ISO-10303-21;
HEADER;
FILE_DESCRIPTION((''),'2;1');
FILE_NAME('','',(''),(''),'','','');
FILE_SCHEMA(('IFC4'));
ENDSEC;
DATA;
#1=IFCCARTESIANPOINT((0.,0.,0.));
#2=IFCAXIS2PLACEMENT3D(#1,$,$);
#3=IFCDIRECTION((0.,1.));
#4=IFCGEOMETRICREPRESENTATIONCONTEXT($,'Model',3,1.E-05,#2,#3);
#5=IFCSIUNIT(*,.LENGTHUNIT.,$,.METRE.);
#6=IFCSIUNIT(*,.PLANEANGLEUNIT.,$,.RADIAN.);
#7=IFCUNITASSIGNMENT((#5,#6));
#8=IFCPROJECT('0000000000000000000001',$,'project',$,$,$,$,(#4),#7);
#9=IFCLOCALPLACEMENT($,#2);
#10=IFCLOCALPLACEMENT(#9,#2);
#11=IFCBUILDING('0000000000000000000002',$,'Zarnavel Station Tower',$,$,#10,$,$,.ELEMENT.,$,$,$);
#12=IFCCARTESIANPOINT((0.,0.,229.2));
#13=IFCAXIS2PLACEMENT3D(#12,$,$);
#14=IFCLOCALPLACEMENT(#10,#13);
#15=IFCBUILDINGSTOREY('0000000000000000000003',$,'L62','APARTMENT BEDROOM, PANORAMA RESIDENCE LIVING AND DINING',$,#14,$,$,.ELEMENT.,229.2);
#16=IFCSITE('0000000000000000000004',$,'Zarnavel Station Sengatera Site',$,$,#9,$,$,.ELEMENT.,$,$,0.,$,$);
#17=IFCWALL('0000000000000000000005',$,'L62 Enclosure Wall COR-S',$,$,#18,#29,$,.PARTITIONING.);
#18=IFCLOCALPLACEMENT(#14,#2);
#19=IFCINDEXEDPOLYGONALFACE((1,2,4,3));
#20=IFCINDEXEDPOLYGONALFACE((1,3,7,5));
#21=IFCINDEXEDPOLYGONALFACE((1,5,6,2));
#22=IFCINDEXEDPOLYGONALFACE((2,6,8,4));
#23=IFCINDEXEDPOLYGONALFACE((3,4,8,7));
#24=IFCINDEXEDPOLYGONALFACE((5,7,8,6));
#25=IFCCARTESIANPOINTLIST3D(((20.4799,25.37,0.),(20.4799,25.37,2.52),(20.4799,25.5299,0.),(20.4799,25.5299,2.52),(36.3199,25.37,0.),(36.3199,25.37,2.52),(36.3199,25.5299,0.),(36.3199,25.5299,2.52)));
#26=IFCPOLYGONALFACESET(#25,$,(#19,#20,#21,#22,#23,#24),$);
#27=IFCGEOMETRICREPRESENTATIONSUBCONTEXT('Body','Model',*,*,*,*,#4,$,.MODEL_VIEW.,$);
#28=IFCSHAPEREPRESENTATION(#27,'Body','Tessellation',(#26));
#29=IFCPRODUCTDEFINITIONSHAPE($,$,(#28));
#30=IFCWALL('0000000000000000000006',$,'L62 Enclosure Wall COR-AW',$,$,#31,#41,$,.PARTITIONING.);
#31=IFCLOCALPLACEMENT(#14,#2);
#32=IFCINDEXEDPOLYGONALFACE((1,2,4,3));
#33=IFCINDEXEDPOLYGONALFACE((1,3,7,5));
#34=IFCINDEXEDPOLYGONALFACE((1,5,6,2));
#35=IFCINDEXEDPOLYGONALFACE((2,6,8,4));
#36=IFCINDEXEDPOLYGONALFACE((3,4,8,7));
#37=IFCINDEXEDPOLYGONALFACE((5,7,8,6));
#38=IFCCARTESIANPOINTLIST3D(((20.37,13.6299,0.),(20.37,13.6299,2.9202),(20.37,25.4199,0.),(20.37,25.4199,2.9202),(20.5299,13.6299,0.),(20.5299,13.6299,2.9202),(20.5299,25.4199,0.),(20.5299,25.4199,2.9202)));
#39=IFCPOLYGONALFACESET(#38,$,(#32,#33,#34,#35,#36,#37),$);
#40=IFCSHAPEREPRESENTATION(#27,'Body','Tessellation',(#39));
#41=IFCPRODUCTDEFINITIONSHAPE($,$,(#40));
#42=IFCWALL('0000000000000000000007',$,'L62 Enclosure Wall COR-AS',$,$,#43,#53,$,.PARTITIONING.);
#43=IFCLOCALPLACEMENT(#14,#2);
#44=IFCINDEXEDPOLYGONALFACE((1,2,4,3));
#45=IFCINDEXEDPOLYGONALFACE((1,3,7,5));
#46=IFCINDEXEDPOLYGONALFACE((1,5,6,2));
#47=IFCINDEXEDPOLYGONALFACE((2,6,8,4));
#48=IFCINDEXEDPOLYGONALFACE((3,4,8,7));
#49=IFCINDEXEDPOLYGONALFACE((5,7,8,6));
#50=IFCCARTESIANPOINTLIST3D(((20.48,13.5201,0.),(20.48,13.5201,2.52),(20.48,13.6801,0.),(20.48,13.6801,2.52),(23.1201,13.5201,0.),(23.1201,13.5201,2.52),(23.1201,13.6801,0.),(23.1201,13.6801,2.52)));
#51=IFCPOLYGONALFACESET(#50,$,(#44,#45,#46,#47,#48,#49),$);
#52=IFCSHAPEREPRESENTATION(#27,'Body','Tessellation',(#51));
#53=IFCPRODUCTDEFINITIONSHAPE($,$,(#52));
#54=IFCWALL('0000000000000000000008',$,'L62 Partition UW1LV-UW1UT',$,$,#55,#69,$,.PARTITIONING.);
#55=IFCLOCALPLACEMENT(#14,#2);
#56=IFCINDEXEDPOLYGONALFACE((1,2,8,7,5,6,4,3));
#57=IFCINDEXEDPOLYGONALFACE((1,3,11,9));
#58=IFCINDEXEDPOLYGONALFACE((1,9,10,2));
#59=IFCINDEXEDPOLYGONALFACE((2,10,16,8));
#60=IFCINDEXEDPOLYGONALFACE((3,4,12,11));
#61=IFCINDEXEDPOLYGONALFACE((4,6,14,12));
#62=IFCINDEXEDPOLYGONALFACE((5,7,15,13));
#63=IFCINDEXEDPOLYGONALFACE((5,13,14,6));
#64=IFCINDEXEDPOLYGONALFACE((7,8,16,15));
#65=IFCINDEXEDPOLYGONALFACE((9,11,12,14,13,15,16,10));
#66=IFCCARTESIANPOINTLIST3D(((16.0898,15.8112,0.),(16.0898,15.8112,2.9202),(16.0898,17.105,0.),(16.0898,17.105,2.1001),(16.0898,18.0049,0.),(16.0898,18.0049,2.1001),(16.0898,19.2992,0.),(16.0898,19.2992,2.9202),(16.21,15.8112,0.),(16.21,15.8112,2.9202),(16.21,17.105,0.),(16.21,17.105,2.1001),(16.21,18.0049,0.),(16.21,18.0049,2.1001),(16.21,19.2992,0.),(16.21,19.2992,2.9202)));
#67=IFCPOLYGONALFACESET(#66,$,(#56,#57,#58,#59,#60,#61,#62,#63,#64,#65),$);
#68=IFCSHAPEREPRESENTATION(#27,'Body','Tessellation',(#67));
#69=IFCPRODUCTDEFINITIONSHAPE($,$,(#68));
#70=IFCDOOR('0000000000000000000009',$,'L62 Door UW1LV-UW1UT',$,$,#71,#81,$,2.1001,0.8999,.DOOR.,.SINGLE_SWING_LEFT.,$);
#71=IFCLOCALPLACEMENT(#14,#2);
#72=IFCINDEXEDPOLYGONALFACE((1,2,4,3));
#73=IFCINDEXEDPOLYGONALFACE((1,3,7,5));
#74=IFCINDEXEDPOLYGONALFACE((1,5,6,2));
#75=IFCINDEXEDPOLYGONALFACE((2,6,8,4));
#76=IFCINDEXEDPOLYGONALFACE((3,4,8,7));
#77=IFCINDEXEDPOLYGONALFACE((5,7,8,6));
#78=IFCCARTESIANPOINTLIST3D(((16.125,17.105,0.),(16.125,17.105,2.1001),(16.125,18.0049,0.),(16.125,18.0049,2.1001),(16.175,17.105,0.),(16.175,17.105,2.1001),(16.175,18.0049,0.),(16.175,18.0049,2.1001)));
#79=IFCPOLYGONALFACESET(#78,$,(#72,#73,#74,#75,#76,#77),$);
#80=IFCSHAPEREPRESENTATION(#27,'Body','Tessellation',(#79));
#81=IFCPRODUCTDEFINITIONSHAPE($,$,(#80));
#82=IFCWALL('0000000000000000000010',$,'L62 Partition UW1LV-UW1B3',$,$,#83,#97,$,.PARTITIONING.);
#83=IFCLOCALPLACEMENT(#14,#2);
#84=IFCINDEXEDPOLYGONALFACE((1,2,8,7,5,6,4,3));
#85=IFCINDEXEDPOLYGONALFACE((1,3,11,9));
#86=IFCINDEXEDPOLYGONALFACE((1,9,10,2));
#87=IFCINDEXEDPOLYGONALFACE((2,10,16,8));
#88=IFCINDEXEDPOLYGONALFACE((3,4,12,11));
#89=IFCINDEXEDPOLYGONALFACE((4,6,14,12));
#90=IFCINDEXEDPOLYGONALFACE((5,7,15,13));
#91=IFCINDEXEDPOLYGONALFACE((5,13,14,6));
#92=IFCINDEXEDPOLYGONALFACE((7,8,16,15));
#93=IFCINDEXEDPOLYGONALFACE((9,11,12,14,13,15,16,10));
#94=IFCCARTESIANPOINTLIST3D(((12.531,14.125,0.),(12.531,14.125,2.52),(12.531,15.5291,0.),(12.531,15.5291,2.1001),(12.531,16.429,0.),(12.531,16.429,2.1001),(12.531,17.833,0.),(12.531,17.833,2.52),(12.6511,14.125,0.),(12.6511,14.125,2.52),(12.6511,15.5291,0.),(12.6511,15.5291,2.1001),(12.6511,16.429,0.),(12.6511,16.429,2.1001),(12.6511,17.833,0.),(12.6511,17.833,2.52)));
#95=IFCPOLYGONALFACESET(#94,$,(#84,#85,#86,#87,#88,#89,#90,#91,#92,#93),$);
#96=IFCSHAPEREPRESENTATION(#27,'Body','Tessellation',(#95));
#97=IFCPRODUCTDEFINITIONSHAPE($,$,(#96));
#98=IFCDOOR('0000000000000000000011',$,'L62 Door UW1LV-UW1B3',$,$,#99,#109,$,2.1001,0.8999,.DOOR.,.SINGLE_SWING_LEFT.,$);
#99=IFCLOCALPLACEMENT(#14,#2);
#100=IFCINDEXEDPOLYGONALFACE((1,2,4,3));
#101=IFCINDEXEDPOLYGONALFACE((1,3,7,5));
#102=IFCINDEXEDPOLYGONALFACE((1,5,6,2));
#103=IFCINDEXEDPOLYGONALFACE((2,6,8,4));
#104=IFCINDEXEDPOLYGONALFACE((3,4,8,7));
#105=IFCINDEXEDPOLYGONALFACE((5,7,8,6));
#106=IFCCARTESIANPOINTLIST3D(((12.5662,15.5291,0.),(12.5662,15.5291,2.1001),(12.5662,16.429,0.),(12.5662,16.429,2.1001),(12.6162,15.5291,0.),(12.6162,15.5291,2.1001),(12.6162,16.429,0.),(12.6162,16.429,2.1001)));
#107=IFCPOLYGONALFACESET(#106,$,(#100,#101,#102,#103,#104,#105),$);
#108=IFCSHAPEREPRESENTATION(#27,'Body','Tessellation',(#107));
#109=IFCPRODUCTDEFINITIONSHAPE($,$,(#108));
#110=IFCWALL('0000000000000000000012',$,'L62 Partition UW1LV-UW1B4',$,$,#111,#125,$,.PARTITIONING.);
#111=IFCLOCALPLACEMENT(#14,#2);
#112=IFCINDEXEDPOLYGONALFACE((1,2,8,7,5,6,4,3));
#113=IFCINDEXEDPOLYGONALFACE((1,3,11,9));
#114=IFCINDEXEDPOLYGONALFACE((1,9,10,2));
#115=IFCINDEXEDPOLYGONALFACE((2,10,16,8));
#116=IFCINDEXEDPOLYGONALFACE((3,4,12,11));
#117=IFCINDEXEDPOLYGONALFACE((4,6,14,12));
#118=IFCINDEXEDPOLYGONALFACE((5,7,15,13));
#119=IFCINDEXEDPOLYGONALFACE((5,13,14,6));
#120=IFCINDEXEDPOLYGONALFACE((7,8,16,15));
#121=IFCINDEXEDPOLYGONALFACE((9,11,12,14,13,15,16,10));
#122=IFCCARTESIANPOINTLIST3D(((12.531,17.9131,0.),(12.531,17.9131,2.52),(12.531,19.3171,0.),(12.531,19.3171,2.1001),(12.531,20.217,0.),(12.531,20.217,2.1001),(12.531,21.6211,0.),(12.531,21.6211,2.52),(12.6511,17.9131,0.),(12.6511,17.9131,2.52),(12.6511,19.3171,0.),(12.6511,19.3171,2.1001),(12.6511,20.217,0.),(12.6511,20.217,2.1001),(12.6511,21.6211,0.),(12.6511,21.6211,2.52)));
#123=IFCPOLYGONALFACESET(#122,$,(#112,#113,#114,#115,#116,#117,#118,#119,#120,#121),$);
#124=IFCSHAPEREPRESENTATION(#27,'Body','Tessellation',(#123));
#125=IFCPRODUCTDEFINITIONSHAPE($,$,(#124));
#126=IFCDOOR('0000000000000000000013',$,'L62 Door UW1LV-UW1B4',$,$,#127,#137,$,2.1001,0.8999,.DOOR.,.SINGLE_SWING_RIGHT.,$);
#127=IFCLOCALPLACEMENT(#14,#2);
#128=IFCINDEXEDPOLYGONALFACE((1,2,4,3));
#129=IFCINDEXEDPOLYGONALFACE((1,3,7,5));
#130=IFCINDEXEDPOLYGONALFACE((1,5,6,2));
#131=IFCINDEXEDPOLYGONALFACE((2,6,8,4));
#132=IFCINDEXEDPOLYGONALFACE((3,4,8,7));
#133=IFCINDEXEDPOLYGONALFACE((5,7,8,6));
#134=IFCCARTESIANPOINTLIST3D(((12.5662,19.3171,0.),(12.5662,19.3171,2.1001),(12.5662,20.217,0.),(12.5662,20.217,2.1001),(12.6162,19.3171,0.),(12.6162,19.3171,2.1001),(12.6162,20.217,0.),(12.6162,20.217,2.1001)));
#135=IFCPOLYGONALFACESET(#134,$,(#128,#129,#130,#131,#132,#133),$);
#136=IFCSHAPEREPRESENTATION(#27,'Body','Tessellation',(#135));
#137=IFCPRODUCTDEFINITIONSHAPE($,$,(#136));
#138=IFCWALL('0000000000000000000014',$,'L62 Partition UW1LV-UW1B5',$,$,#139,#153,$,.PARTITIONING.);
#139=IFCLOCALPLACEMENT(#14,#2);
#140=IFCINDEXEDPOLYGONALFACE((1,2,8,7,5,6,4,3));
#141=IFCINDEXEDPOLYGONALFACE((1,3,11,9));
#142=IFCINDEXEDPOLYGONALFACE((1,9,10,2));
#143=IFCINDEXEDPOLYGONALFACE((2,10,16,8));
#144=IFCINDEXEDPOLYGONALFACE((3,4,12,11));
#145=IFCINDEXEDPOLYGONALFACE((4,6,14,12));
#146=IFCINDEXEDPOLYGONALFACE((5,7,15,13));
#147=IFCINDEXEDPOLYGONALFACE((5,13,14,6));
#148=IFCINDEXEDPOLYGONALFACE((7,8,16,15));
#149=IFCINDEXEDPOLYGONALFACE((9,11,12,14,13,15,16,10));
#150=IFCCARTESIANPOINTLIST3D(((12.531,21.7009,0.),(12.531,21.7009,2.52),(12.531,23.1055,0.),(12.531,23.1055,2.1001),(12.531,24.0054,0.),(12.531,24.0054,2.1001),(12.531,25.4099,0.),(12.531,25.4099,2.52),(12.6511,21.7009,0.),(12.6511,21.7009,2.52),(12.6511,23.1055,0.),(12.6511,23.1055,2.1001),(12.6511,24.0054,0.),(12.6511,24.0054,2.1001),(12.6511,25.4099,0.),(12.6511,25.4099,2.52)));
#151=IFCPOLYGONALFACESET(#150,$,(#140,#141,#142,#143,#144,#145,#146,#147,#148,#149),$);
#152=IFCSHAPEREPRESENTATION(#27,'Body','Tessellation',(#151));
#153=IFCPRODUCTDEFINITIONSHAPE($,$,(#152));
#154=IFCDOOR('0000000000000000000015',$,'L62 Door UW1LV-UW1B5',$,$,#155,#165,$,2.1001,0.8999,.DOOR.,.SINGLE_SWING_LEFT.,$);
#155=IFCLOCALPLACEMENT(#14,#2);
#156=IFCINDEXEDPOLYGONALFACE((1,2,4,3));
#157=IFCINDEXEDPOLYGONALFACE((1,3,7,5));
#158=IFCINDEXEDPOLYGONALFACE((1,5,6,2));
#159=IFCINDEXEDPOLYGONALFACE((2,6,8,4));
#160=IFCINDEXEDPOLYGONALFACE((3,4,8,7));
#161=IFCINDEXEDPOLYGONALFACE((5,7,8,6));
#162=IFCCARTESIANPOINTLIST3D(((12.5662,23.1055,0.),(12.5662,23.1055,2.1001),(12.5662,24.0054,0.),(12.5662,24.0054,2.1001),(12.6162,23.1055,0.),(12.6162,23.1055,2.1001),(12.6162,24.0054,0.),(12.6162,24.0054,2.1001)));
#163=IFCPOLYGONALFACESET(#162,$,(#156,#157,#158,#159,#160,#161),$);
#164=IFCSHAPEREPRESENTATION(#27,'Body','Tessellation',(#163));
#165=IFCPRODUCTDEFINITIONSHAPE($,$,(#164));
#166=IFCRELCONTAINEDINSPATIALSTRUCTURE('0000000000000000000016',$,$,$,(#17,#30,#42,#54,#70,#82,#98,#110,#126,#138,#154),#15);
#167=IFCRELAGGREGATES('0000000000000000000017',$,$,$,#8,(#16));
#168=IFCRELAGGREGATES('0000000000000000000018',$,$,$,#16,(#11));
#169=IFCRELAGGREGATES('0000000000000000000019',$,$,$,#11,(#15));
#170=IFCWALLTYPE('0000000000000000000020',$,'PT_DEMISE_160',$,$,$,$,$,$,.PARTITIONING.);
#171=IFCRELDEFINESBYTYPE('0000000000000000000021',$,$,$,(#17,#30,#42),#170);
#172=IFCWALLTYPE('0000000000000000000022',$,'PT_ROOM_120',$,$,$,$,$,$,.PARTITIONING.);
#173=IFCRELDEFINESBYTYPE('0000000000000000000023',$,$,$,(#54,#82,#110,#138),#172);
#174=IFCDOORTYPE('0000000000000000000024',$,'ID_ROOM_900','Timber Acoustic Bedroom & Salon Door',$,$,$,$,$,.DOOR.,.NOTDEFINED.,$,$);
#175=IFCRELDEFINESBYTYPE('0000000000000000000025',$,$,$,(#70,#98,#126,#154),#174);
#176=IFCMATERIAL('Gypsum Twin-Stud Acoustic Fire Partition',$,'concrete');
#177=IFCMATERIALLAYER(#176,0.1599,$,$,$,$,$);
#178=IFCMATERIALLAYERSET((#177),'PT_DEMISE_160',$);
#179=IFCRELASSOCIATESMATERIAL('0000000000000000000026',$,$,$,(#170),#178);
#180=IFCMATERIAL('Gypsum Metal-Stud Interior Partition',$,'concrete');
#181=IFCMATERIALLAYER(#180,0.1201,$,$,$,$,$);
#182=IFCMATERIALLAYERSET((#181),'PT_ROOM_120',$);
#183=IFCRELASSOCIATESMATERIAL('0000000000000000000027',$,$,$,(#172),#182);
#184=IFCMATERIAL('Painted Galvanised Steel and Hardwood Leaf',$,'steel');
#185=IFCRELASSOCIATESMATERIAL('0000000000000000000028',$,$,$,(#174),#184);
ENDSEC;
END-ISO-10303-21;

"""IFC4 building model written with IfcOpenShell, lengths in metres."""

from ifc_helpers import new_model, si_unit, direction, frame, frame_2d, origin, place, context, subcontext, project, spatial, rectangle, extrude, material, layer, layer_set, type_object, element, fill, save


model = new_model("IFC4")

# Units and contexts
model_context = context("Model", 3, precision=1e-05, world=origin(), true_north=direction((0.0, 1.0)))
body_context = subcontext(model_context, "Body", "Model", "MODEL_VIEW")
ifc_project = project(units=[si_unit("LENGTHUNIT", "METRE"), si_unit("PLANEANGLEUNIT", "RADIAN")], contexts=[model_context])

# Site, building, storey
site_placement = place(None, origin())
site = spatial("IfcSite", under=ifc_project, at=site_placement, Name="Zarnavel Station Sengatera Site", CompositionType="ELEMENT", RefElevation=0.0)
building_placement = place(site_placement, origin())
building = spatial("IfcBuilding", under=site, at=building_placement, Name="Zarnavel Station Tower", CompositionType="ELEMENT")
storey_placement = place(building_placement, frame((0.0, 0.0, 229.2)))
storey = spatial("IfcBuildingStorey", under=building, at=storey_placement, Name="L62", Description="APARTMENT BEDROOM, PANORAMA RESIDENCE LIVING AND DINING", CompositionType="ELEMENT", Elevation=229.2)

# Shared definitions
ifc_material_1 = material(Name="Gypsum Twin-Stud Acoustic Fire Partition", Category="concrete")
ifc_layer_1 = layer(ifc_material_1, 0.1599)
ifc_layer_set_1 = layer_set([ifc_layer_1], Name="PT_DEMISE_160")
wall_type_1 = type_object("IfcWallType", Name="PT_DEMISE_160", PredefinedType="PARTITIONING", material=ifc_layer_set_1)

# Walls
wall_1_placement = place(storey_placement, frame((20.48, 25.45, 0.0), z_axis=(0.0, 0.0, 1.0), x_axis=(1.0, 0.0, 0.0)))
element("IfcWall", 1, at=wall_1_placement, inside=storey, type_object=wall_type_1, Name="L62 Enclosure Wall COR-S", PredefinedType="PARTITIONING", context=body_context, shape_type="SweptSolid", body=[
    extrude(rectangle(XDim=15.8401, YDim=0.1599, at=frame_2d((7.9199, 0.0))), origin(), (0.0, 0.0, 1.0), 2.52),
])
wall_2_placement = place(storey_placement, frame((20.45, 13.6299, 0.0), z_axis=(0.0, 0.0, 1.0), x_axis=(0.0, 1.0, 0.0)))
element("IfcWall", 2, at=wall_2_placement, inside=storey, type_object=wall_type_1, Name="L62 Enclosure Wall COR-AW", PredefinedType="PARTITIONING", context=body_context, shape_type="SweptSolid", body=[
    extrude(rectangle(XDim=11.79, YDim=0.1599, at=frame_2d((5.895, 0.0))), origin(), (0.0, 0.0, 1.0), 2.9202),
])
wall_3_placement = place(storey_placement, frame((20.48, 13.6001, 0.0), z_axis=(0.0, 0.0, 1.0), x_axis=(1.0, 0.0, 0.0)))
element("IfcWall", 3, at=wall_3_placement, inside=storey, type_object=wall_type_1, Name="L62 Enclosure Wall COR-AS", PredefinedType="PARTITIONING", context=body_context, shape_type="SweptSolid", body=[
    extrude(rectangle(XDim=2.6401, YDim=0.1599, at=frame_2d((1.3201, 0.0))), origin(), (0.0, 0.0, 1.0), 2.52),
])

# Walls, openings, doors
ifc_material_2 = material(Name="Gypsum Metal-Stud Interior Partition", Category="concrete")
ifc_layer_2 = layer(ifc_material_2, 0.1201)
ifc_layer_set_2 = layer_set([ifc_layer_2], Name="PT_ROOM_120")
wall_type_2 = type_object("IfcWallType", Name="PT_ROOM_120", PredefinedType="PARTITIONING", material=ifc_layer_set_2)
wall_4_placement = place(storey_placement, frame((16.1499, 15.811, 0.0), z_axis=(0.0, 0.0, 1.0), x_axis=(0.0, 1.0, 0.0)))
wall_4 = element("IfcWall", 4, at=wall_4_placement, inside=storey, type_object=wall_type_2, Name="L62 Partition UW1LV-UW1UT", PredefinedType="PARTITIONING", context=body_context, shape_type="SweptSolid", body=[
    extrude(rectangle(XDim=3.488, YDim=0.1201, at=frame_2d((1.7441, 0.0))), origin(), (0.0, 0.0, 1.0), 2.9202),
])
opening_1_placement = place(wall_4_placement, frame((1.2939, 0.0, 0.0)))
opening_1 = element("IfcOpeningElement", 5, at=opening_1_placement, cuts=wall_4, PredefinedType="OPENING", context=body_context, shape_type="SweptSolid", body=[
    extrude(rectangle(XDim=0.8999, YDim=2.1001, at=frame_2d((0.45, 1.05))), frame((0.0, 0.0701, 0.0), z_axis=(0.0, -1.0, 0.0), x_axis=(1.0, 0.0, 0.0)), (0.0, 0.0, 1.0), 0.1401),
])
ifc_material_3 = material(Name="Painted Galvanised Steel and Hardwood Leaf", Category="steel")
door_type_1 = type_object("IfcDoorType", Name="ID_ROOM_900", Description="Timber Acoustic Bedroom & Salon Door", OperationType="NOTDEFINED", PredefinedType="DOOR", material=ifc_material_3)
door_1_placement = place(opening_1_placement, origin())
door_1 = element("IfcDoor", 6, at=door_1_placement, inside=storey, type_object=door_type_1, Name="L62 Door UW1LV-UW1UT", OperationType="SINGLE_SWING_LEFT", OverallHeight=2.1001, OverallWidth=0.8999, PredefinedType="DOOR", context=body_context, shape_type="SweptSolid", body=[
    extrude(rectangle(XDim=0.8999, YDim=2.1001, at=frame_2d((0.45, 1.05))), frame((0.0, 0.0249, 0.0), z_axis=(0.0, -1.0, 0.0), x_axis=(1.0, 0.0, 0.0)), (0.0, 0.0, 1.0), 0.05),
])
fill(opening_1, door_1)
wall_5_placement = place(storey_placement, frame((12.5911, 14.125, 0.0), z_axis=(0.0, 0.0, 1.0), x_axis=(0.0, 1.0, 0.0)))
wall_5 = element("IfcWall", 7, at=wall_5_placement, inside=storey, type_object=wall_type_2, Name="L62 Partition UW1LV-UW1B3", PredefinedType="PARTITIONING", context=body_context, shape_type="SweptSolid", body=[
    extrude(rectangle(XDim=3.708, YDim=0.1201, at=frame_2d((1.854, 0.0))), origin(), (0.0, 0.0, 1.0), 2.52),
])
opening_2_placement = place(wall_5_placement, frame((1.4041, 0.0, 0.0)))
opening_2 = element("IfcOpeningElement", 8, at=opening_2_placement, cuts=wall_5, PredefinedType="OPENING", context=body_context, shape_type="SweptSolid", body=[
    extrude(rectangle(XDim=0.8999, YDim=2.1001, at=frame_2d((0.45, 1.05))), frame((0.0, 0.0701, 0.0), z_axis=(0.0, -1.0, 0.0), x_axis=(1.0, 0.0, 0.0)), (0.0, 0.0, 1.0), 0.1401),
])
door_2_placement = place(opening_2_placement, origin())
door_2 = element("IfcDoor", 9, at=door_2_placement, inside=storey, type_object=door_type_1, Name="L62 Door UW1LV-UW1B3", OperationType="SINGLE_SWING_LEFT", OverallHeight=2.1001, OverallWidth=0.8999, PredefinedType="DOOR", context=body_context, shape_type="SweptSolid", body=[
    extrude(rectangle(XDim=0.8999, YDim=2.1001, at=frame_2d((0.45, 1.05))), frame((0.0, 0.0249, 0.0), z_axis=(0.0, -1.0, 0.0), x_axis=(1.0, 0.0, 0.0)), (0.0, 0.0, 1.0), 0.05),
])
fill(opening_2, door_2)
wall_6_placement = place(storey_placement, frame((12.5911, 17.9131, 0.0), z_axis=(0.0, 0.0, 1.0), x_axis=(0.0, 1.0, 0.0)))
wall_6 = element("IfcWall", 10, at=wall_6_placement, inside=storey, type_object=wall_type_2, Name="L62 Partition UW1LV-UW1B4", PredefinedType="PARTITIONING", context=body_context, shape_type="SweptSolid", body=[
    extrude(rectangle(XDim=3.708, YDim=0.1201, at=frame_2d((1.854, 0.0))), origin(), (0.0, 0.0, 1.0), 2.52),
])
opening_3_placement = place(wall_6_placement, frame((1.4041, 0.0, 0.0)))
opening_3 = element("IfcOpeningElement", 11, at=opening_3_placement, cuts=wall_6, PredefinedType="OPENING", context=body_context, shape_type="SweptSolid", body=[
    extrude(rectangle(XDim=0.8999, YDim=2.1001, at=frame_2d((0.45, 1.05))), frame((0.0, 0.0701, 0.0), z_axis=(0.0, -1.0, 0.0), x_axis=(1.0, 0.0, 0.0)), (0.0, 0.0, 1.0), 0.1401),
])
door_3_placement = place(opening_3_placement, origin())
door_3 = element("IfcDoor", 12, at=door_3_placement, inside=storey, type_object=door_type_1, Name="L62 Door UW1LV-UW1B4", OperationType="SINGLE_SWING_RIGHT", OverallHeight=2.1001, OverallWidth=0.8999, PredefinedType="DOOR", context=body_context, shape_type="SweptSolid", body=[
    extrude(rectangle(XDim=0.8999, YDim=2.1001, at=frame_2d((0.45, 1.05))), frame((0.0, 0.0249, 0.0), z_axis=(0.0, -1.0, 0.0), x_axis=(1.0, 0.0, 0.0)), (0.0, 0.0, 1.0), 0.05),
])
fill(opening_3, door_3)
wall_7_placement = place(storey_placement, frame((12.5911, 21.7009, 0.0), z_axis=(0.0, 0.0, 1.0), x_axis=(0.0, 1.0, 0.0)))
wall_7 = element("IfcWall", 13, at=wall_7_placement, inside=storey, type_object=wall_type_2, Name="L62 Partition UW1LV-UW1B5", PredefinedType="PARTITIONING", context=body_context, shape_type="SweptSolid", body=[
    extrude(rectangle(XDim=3.709, YDim=0.1201, at=frame_2d((1.8545, 0.0))), origin(), (0.0, 0.0, 1.0), 2.52),
])
opening_4_placement = place(wall_7_placement, frame((1.4045, 0.0, 0.0)))
opening_4 = element("IfcOpeningElement", 14, at=opening_4_placement, cuts=wall_7, PredefinedType="OPENING", context=body_context, shape_type="SweptSolid", body=[
    extrude(rectangle(XDim=0.8999, YDim=2.1001, at=frame_2d((0.45, 1.05))), frame((0.0, 0.0701, 0.0), z_axis=(0.0, -1.0, 0.0), x_axis=(1.0, 0.0, 0.0)), (0.0, 0.0, 1.0), 0.1401),
])
door_4_placement = place(opening_4_placement, origin())
door_4 = element("IfcDoor", 15, at=door_4_placement, inside=storey, type_object=door_type_1, Name="L62 Door UW1LV-UW1B5", OperationType="SINGLE_SWING_LEFT", OverallHeight=2.1001, OverallWidth=0.8999, PredefinedType="DOOR", context=body_context, shape_type="SweptSolid", body=[
    extrude(rectangle(XDim=0.8999, YDim=2.1001, at=frame_2d((0.45, 1.05))), frame((0.0, 0.0249, 0.0), z_axis=(0.0, -1.0, 0.0), x_axis=(1.0, 0.0, 0.0)), (0.0, 0.0, 1.0), 0.05),
])
fill(opening_4, door_4)

save(model, "model.ifc")
